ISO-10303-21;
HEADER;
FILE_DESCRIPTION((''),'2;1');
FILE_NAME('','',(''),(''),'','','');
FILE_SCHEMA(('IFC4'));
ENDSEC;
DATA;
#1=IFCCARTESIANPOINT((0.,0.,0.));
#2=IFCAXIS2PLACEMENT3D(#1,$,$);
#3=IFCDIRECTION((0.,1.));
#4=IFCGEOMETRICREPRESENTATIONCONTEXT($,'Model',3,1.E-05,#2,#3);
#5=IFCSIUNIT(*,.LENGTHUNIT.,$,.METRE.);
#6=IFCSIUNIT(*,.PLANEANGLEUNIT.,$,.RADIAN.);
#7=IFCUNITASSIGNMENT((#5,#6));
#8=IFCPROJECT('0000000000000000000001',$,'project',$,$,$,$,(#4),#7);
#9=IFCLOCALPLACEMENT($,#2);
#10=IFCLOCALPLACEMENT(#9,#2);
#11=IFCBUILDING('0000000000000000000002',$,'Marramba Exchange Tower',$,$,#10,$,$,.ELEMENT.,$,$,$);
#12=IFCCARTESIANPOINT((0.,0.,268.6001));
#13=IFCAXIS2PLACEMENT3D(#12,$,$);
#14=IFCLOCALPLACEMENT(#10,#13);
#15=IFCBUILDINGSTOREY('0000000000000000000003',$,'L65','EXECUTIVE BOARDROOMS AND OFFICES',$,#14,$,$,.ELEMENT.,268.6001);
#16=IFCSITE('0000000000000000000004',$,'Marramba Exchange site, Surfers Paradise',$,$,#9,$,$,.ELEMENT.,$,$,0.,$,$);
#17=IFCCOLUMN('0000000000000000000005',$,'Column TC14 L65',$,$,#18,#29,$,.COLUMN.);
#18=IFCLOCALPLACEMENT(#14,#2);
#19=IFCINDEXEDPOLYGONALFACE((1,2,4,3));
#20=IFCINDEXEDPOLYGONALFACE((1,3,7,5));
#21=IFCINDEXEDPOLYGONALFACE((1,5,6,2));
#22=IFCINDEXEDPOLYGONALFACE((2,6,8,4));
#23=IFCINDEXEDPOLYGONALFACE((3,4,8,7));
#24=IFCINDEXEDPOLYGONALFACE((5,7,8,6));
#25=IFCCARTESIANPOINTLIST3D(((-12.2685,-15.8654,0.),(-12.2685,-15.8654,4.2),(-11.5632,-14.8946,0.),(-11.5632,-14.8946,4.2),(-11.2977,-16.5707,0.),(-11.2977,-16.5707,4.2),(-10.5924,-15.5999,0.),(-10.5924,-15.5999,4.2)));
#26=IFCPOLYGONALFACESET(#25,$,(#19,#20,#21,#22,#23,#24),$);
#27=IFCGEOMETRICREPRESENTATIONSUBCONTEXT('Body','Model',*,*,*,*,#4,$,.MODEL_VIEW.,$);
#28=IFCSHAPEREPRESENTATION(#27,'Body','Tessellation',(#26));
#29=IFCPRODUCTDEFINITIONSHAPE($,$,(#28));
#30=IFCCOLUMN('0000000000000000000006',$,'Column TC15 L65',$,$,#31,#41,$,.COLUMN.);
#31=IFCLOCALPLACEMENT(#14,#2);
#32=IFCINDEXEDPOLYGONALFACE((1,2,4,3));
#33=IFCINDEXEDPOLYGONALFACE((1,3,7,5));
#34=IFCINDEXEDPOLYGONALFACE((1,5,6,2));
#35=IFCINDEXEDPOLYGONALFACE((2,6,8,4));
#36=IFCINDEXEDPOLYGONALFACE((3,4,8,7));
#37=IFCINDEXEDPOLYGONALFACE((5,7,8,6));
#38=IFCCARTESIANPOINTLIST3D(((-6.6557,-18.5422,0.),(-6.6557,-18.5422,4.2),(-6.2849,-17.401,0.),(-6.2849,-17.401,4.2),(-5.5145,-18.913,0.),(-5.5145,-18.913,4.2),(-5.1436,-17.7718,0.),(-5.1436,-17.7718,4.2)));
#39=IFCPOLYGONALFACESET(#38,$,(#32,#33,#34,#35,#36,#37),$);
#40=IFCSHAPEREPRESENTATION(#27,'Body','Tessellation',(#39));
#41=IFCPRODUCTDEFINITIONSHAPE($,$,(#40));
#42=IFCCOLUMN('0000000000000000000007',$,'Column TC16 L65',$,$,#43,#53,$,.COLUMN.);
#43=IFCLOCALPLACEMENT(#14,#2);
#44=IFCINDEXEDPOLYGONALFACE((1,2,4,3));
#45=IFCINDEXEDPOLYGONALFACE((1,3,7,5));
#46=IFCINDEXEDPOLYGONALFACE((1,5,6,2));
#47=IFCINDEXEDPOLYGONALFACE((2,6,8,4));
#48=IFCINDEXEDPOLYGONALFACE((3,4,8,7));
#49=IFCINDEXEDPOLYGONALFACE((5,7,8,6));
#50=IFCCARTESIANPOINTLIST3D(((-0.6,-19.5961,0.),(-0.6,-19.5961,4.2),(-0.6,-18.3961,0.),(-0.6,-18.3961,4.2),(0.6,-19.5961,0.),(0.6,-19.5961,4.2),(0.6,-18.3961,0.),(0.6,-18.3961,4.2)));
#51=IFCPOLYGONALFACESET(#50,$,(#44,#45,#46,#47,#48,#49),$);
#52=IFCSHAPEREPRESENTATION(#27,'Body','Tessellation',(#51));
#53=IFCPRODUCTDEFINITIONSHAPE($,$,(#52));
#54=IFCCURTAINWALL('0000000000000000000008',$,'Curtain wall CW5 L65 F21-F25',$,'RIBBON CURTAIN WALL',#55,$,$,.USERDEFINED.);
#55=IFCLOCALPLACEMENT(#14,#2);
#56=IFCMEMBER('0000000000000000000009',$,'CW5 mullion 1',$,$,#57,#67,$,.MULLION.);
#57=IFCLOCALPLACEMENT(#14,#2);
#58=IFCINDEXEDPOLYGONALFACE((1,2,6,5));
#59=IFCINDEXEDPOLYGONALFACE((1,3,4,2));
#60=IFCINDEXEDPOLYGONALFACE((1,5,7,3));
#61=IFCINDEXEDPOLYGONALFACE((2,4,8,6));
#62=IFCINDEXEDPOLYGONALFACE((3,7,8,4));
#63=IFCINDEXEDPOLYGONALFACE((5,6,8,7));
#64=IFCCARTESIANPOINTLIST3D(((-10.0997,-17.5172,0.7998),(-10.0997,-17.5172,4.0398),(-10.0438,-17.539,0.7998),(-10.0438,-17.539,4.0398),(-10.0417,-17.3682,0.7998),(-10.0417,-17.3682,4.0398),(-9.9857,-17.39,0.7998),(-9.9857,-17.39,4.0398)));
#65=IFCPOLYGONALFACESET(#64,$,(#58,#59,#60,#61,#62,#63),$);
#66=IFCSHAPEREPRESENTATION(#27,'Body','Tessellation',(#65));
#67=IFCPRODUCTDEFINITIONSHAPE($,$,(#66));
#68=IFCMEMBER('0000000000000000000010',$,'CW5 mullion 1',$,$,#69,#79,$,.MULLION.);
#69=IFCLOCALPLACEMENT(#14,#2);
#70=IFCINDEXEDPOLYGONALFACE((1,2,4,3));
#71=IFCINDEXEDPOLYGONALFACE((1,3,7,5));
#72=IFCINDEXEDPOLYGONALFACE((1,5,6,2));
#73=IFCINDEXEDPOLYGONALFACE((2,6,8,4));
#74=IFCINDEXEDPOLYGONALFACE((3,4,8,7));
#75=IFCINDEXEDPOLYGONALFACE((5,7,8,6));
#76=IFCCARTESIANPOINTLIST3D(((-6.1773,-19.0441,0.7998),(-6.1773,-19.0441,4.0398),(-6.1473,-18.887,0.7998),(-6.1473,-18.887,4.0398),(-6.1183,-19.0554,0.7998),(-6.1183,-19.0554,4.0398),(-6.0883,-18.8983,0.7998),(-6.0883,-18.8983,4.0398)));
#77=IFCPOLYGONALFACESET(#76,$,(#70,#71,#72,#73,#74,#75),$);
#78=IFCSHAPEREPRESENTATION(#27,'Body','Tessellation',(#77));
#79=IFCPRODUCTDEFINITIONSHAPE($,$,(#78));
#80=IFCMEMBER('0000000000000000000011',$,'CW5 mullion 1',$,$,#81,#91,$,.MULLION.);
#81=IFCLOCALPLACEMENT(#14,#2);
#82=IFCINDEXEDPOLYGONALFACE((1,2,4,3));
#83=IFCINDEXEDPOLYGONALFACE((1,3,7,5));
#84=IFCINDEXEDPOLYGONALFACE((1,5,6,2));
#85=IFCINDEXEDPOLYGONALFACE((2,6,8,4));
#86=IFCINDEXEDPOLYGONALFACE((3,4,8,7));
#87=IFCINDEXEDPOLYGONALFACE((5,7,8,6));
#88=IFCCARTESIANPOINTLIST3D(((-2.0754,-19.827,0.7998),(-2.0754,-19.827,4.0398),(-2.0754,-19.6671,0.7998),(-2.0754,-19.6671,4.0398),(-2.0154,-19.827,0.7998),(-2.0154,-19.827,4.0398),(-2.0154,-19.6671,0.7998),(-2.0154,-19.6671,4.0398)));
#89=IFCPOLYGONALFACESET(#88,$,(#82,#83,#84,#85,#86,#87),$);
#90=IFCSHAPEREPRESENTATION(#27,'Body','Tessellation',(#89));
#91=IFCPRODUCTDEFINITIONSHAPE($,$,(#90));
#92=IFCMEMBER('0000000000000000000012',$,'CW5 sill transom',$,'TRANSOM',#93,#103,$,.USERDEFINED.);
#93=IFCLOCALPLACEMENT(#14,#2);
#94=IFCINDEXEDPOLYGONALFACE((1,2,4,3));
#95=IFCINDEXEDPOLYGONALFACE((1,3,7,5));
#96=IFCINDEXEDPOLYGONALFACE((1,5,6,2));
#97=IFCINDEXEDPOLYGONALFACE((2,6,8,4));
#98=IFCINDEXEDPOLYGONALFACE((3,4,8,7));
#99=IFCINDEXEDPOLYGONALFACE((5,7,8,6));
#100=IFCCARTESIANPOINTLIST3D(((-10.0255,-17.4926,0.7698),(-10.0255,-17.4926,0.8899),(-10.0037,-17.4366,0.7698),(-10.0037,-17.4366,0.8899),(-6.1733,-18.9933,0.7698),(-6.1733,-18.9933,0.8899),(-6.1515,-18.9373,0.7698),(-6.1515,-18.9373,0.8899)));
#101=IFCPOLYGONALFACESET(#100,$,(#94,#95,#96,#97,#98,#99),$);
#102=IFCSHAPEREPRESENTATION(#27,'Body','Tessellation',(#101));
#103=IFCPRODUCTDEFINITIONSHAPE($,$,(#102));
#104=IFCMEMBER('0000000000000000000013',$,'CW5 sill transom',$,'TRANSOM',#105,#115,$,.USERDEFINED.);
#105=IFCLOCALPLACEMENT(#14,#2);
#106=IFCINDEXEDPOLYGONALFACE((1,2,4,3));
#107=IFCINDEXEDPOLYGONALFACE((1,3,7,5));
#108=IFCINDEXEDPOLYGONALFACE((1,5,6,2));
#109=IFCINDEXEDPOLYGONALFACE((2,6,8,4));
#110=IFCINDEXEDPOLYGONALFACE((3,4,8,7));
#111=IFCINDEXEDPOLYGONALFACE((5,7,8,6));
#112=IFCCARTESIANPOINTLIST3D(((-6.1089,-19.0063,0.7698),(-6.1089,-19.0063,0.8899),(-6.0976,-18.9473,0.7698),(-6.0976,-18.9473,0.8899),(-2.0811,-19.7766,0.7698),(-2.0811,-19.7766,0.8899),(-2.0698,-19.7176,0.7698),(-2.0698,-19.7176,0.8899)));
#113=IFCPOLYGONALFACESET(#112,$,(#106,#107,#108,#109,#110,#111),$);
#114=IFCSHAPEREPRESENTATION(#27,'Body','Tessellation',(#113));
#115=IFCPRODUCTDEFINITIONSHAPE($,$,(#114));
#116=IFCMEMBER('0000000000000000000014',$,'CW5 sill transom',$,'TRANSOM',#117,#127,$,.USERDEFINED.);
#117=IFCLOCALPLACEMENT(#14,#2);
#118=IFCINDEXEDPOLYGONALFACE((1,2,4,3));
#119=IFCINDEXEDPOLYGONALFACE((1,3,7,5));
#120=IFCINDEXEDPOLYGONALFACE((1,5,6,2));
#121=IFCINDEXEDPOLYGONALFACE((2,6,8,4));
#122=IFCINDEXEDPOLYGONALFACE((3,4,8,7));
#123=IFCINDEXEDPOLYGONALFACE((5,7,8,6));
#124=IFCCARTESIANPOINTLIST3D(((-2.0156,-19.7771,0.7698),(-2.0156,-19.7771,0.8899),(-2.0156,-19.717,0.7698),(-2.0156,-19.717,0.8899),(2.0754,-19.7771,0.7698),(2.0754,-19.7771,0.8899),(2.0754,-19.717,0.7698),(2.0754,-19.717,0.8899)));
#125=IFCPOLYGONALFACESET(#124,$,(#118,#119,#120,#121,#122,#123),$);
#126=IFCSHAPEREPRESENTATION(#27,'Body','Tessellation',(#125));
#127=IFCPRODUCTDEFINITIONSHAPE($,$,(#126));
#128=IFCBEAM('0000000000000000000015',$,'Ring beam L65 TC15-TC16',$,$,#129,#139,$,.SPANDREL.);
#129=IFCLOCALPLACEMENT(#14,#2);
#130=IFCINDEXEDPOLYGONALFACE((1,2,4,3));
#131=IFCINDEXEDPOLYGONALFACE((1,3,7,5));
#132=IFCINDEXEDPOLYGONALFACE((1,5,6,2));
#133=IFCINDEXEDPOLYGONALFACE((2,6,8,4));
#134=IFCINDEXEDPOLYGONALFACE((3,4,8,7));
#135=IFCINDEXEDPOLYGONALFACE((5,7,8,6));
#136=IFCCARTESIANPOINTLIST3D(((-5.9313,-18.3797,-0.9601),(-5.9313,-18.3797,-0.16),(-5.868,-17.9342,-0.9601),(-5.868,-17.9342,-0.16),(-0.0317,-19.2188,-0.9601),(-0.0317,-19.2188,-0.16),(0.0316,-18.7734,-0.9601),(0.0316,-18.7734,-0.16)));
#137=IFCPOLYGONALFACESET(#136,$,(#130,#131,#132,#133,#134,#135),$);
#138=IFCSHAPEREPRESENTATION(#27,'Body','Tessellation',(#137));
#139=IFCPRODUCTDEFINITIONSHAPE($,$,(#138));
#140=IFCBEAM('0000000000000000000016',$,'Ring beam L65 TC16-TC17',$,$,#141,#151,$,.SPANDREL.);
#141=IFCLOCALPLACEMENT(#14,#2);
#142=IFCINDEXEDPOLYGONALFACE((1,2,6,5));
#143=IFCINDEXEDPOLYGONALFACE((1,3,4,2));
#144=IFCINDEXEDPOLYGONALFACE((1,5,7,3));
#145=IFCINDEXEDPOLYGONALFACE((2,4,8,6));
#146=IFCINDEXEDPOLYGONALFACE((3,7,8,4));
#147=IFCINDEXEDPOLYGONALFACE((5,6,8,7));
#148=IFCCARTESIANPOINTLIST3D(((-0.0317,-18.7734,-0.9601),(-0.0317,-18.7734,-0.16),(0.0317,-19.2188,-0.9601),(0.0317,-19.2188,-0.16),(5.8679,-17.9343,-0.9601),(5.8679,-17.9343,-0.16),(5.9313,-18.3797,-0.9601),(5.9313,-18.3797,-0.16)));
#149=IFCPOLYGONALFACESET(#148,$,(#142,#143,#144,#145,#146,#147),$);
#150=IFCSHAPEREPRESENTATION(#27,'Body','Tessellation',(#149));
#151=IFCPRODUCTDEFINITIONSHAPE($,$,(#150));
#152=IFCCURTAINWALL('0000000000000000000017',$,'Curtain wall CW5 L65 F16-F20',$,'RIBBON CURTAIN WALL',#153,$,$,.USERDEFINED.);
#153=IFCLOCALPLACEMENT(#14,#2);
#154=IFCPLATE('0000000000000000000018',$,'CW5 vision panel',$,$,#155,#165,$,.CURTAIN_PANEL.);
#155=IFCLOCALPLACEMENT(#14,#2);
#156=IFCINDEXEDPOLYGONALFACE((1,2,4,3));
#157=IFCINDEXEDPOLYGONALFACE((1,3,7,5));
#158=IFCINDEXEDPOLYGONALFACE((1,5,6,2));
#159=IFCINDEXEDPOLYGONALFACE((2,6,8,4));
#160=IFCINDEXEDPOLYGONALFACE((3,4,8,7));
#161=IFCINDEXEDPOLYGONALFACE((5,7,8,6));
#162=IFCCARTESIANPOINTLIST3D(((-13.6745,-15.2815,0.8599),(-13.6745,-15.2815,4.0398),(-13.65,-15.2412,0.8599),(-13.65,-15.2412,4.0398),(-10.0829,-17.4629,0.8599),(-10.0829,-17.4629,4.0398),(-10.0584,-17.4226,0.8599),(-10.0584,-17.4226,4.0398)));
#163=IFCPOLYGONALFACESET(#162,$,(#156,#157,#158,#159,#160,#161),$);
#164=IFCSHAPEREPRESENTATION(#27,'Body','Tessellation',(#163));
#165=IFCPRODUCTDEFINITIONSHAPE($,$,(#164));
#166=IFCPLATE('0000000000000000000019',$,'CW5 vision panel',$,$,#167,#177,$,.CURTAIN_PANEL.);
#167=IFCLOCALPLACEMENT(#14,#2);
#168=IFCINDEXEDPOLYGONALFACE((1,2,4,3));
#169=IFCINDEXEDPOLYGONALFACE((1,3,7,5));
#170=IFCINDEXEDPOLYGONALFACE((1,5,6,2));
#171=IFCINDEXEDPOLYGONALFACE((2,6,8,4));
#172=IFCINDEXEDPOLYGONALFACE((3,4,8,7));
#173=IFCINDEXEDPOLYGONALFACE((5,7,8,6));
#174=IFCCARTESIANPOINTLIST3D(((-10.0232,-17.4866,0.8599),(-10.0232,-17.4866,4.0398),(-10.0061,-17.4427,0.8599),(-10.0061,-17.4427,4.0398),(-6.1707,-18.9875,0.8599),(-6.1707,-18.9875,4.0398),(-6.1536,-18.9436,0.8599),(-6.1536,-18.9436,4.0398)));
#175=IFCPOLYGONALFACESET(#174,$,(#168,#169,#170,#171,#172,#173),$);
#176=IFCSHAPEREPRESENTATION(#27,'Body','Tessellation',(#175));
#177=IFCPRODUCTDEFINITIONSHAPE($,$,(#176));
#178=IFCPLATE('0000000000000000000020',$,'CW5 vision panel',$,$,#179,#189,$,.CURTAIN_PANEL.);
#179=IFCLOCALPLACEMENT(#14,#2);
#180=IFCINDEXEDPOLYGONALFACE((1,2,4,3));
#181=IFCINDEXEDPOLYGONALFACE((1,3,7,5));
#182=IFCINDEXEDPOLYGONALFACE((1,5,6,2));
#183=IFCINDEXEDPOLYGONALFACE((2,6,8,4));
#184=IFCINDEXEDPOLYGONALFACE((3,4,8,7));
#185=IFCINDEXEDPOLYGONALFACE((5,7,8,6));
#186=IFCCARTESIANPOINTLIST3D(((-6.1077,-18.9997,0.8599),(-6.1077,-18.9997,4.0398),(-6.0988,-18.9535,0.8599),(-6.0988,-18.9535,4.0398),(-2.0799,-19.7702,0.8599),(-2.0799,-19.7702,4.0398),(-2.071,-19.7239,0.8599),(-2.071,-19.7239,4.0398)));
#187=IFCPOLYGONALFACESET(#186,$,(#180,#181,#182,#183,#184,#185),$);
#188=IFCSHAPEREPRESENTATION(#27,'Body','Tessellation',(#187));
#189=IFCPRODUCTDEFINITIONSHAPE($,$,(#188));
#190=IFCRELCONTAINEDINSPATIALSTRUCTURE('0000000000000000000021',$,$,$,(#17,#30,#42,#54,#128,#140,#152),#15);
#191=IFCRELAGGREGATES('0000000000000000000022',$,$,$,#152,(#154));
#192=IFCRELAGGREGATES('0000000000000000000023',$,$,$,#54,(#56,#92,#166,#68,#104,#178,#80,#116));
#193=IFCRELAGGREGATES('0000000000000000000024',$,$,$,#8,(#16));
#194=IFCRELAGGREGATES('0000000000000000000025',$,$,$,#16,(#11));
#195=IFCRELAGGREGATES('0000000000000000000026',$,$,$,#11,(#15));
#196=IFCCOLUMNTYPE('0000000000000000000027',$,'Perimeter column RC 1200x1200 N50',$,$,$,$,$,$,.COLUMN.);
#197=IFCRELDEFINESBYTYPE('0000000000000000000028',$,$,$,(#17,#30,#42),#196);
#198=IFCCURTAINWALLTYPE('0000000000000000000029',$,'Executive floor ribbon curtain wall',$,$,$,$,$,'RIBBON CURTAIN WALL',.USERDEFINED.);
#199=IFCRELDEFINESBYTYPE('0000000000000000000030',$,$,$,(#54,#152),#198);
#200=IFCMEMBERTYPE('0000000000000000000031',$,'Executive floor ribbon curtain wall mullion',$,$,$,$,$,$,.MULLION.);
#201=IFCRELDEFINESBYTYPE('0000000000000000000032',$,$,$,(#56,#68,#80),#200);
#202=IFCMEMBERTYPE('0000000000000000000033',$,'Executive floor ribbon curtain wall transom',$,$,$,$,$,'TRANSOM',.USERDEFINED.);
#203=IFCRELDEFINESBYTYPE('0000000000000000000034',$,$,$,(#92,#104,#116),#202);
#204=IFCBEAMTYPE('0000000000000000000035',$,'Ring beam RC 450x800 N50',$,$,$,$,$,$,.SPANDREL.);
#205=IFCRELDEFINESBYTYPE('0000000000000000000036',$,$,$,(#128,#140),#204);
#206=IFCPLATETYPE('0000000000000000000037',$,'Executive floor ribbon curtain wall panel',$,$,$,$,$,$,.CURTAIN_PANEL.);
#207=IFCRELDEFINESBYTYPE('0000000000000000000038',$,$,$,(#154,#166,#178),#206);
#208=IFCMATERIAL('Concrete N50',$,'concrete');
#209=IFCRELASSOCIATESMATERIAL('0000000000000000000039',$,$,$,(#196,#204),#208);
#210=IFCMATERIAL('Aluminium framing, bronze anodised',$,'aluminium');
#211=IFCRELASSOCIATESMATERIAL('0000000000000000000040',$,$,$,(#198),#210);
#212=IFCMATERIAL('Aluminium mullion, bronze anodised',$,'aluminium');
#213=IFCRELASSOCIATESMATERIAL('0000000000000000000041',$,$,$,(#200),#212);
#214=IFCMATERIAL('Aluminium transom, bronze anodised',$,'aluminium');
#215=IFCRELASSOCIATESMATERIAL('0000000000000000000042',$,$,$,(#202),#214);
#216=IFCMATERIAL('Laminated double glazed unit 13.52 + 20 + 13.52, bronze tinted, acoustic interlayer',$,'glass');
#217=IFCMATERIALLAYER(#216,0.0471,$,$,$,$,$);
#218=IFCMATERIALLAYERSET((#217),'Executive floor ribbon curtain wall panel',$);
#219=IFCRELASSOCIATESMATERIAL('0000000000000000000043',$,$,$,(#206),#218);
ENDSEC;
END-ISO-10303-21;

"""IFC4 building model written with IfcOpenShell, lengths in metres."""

from ifc_helpers import new_model, si_unit, direction, frame, origin, origin_2d, place, context, subcontext, project, spatial, rectangle, extrude, material, layer, layer_set, material_profile, profile_set, type_object, element, aggregate, save


model = new_model("IFC4")

# Units and contexts
model_context = context("Model", 3, precision=1e-05, world=origin(), true_north=direction((0.0, 1.0)))
body_context = subcontext(model_context, "Body", "Model", "MODEL_VIEW")
ifc_project = project(units=[si_unit("LENGTHUNIT", "METRE"), si_unit("PLANEANGLEUNIT", "RADIAN")], contexts=[model_context])

# Site, building, storey
site_placement = place(None, origin())
site = spatial("IfcSite", under=ifc_project, at=site_placement, Name="Marramba Exchange site, Surfers Paradise", CompositionType="ELEMENT", RefElevation=0.0)
building_placement = place(site_placement, origin())
building = spatial("IfcBuilding", under=site, at=building_placement, Name="Marramba Exchange Tower", CompositionType="ELEMENT")
storey_placement = place(building_placement, frame((0.0, 0.0, 268.6001)))
storey = spatial("IfcBuildingStorey", under=building, at=storey_placement, Name="L65", Description="EXECUTIVE BOARDROOMS AND OFFICES", CompositionType="ELEMENT", Elevation=268.6001)

# Columns
ifc_material_1 = material(Name="Concrete N50", Category="concrete")
ifc_material_profile_1 = material_profile(ifc_material_1, rectangle(XDim=1.2, YDim=1.2, at=origin_2d()), Name="RC 1200x1200")
ifc_profile_set_1 = profile_set([ifc_material_profile_1], Name="Concrete N50")
column_type = type_object("IfcColumnType", Name="Perimeter column RC 1200x1200 N50", PredefinedType="COLUMN", material=ifc_profile_set_1)
for number, where, z_axis, x_axis, name in (
    (1, (-11.4304, -15.7327, 0.0), (0.0, 0.0, 1.0), (-0.587785, -0.809017, 0.0), "Column TC14 L65"),
    (2, (-5.8997, -18.157, 0.0), (0.0, 0.0, 1.0), (-0.309017, -0.951057, 0.0), "Column TC15 L65"),
    (3, (0.0, -18.9961, 0.0), (0.0, 0.0, 1.0), (0.0, -1.0, 0.0), "Column TC16 L65"),
):
    element("IfcColumn", number, at=place(storey_placement, frame(where, z_axis=z_axis, x_axis=x_axis)), inside=storey, type_object=column_type, Name=name, PredefinedType="COLUMN", context=body_context, shape_type="SweptSolid", body=[
        extrude(rectangle(XDim=1.2, YDim=1.2, at=origin_2d()), origin(), (0.0, 0.0, 1.0), 4.2),
    ])

# Curtain wall, members
ifc_material_2 = material(Name="Aluminium framing, bronze anodised", Category="aluminium")
curtain_wall_type = type_object("IfcCurtainWallType", Name="Executive floor ribbon curtain wall", ElementType="RIBBON CURTAIN WALL", PredefinedType="USERDEFINED", material=ifc_material_2)
curtain_wall_1_placement = place(storey_placement, origin())
curtain_wall_1 = element("IfcCurtainWall", 4, at=curtain_wall_1_placement, inside=storey, type_object=curtain_wall_type, Name="Curtain wall CW5 L65 F21-F25", ObjectType="RIBBON CURTAIN WALL", PredefinedType="USERDEFINED")
ifc_material_3 = material(Name="Aluminium mullion, bronze anodised", Category="aluminium")
ifc_material_profile_2 = material_profile(ifc_material_3, rectangle(XDim=0.1599, YDim=0.0601, at=origin_2d()), Name="CW5 mullion 60x160")
ifc_profile_set_2 = profile_set([ifc_material_profile_2], Name="Aluminium mullion, bronze anodised")
member_type_1 = type_object("IfcMemberType", Name="Executive floor ribbon curtain wall mullion", PredefinedType="MULLION", material=ifc_profile_set_2)
member_1_placement = place(storey_placement, frame((-10.0427, -17.4536, 0.7998), z_axis=(0.0, 0.0, 1.0), x_axis=(0.36301, 0.931785, 0.0)))
member_1 = element("IfcMember", 5, at=member_1_placement, type_object=member_type_1, Name="CW5 mullion 1", PredefinedType="MULLION", context=body_context, shape_type="SweptSolid", body=[
    extrude(rectangle(XDim=0.1599, YDim=0.0601, at=origin_2d()), origin(), (0.0, 0.0, 1.0), 3.24),
])
member_2_placement = place(storey_placement, frame((-6.1328, -18.9712, 0.7998), z_axis=(0.0, 0.0, 1.0), x_axis=(0.187873, 0.982193, 0.0)))
member_2 = element("IfcMember", 6, at=member_2_placement, type_object=member_type_1, Name="CW5 mullion 1", PredefinedType="MULLION", context=body_context, shape_type="SweptSolid", body=[
    extrude(rectangle(XDim=0.1599, YDim=0.0601, at=origin_2d()), origin(), (0.0, 0.0, 1.0), 3.24),
])
member_3_placement = place(storey_placement, frame((-2.0454, -19.7471, 0.7998), z_axis=(0.0, 0.0, 1.0), x_axis=(0.0, 1.0, 0.0)))
member_3 = element("IfcMember", 7, at=member_3_placement, type_object=member_type_1, Name="CW5 mullion 1", PredefinedType="MULLION", context=body_context, shape_type="SweptSolid", body=[
    extrude(rectangle(XDim=0.1599, YDim=0.0601, at=origin_2d()), origin(), (0.0, 0.0, 1.0), 3.24),
])
ifc_material_4 = material(Name="Aluminium transom, bronze anodised", Category="aluminium")
ifc_material_profile_3 = material_profile(ifc_material_4, rectangle(XDim=0.0601, YDim=0.1201, at=origin_2d()), Name="CW5 transom 60x120")
ifc_profile_set_3 = profile_set([ifc_material_profile_3], Name="Aluminium transom, bronze anodised")
member_type_2 = type_object("IfcMemberType", Name="Executive floor ribbon curtain wall transom", ElementType="TRANSOM", PredefinedType="USERDEFINED", material=ifc_profile_set_3)
member_4_placement = place(storey_placement, frame((-10.0146, -17.4646, 0.8298), z_axis=(0.931791, -0.362996, 0.0), x_axis=(0.362996, 0.931791, 0.0)))
member_4 = element("IfcMember", 8, at=member_4_placement, type_object=member_type_2, Name="CW5 sill transom", ObjectType="TRANSOM", PredefinedType="USERDEFINED", context=body_context, shape_type="SweptSolid", body=[
    extrude(rectangle(XDim=0.0601, YDim=0.1201, at=origin_2d()), origin(), (0.0, 0.0, 1.0), 4.1343),
])
member_5_placement = place(storey_placement, frame((-6.1033, -18.9768, 0.8298), z_axis=(0.982201, -0.187832, 0.0), x_axis=(0.187832, 0.982201, 0.0)))
member_5 = element("IfcMember", 9, at=member_5_placement, type_object=member_type_2, Name="CW5 sill transom", ObjectType="TRANSOM", PredefinedType="USERDEFINED", context=body_context, shape_type="SweptSolid", body=[
    extrude(rectangle(XDim=0.0601, YDim=0.1201, at=origin_2d()), origin(), (0.0, 0.0, 1.0), 4.1008),
])
member_6_placement = place(storey_placement, frame((-2.0156, -19.7471, 0.8298), z_axis=(1.0, 0.0, 0.0), x_axis=(0.0, 1.0, 0.0)))
member_6 = element("IfcMember", 10, at=member_6_placement, type_object=member_type_2, Name="CW5 sill transom", ObjectType="TRANSOM", PredefinedType="USERDEFINED", context=body_context, shape_type="SweptSolid", body=[
    extrude(rectangle(XDim=0.0601, YDim=0.1201, at=origin_2d()), origin(), (0.0, 0.0, 1.0), 4.0911),
])

# Beams
ifc_material_profile_4 = material_profile(ifc_material_1, rectangle(XDim=0.45, YDim=0.8, at=origin_2d()), Name="RC 450x800")
ifc_profile_set_4 = profile_set([ifc_material_profile_4], Name="Concrete N50")
beam_type = type_object("IfcBeamType", Name="Ring beam RC 450x800 N50", PredefinedType="SPANDREL", material=ifc_profile_set_4)
for number, where, z_axis, x_axis, name in (
    (11, (-5.8997, -18.157, -0.5601), (0.990036, -0.140813, 0.0), (0.140813, 0.990036, 0.0), "Ring beam L65 TC15-TC16"),
    (12, (0.0, -18.9961, -0.5601), (0.990036, 0.140813, 0.0), (-0.140813, 0.990036, 0.0), "Ring beam L65 TC16-TC17"),
):
    element("IfcBeam", number, at=place(storey_placement, frame(where, z_axis=z_axis, x_axis=x_axis)), inside=storey, type_object=beam_type, Name=name, PredefinedType="SPANDREL", context=body_context, shape_type="SweptSolid", body=[
        extrude(rectangle(XDim=0.45, YDim=0.8, at=origin_2d()), origin(), (0.0, 0.0, 1.0), 5.959),
    ])

# Curtain wall, plate
curtain_wall_2_placement = place(storey_placement, origin())
curtain_wall_2 = element("IfcCurtainWall", 13, at=curtain_wall_2_placement, inside=storey, type_object=curtain_wall_type, Name="Curtain wall CW5 L65 F16-F20", ObjectType="RIBBON CURTAIN WALL", PredefinedType="USERDEFINED")
ifc_material_5 = material(Name="Laminated double glazed unit 13.52 + 20 + 13.52, bronze tinted, acoustic interlayer", Category="glass")
ifc_layer_1 = layer(ifc_material_5, 0.0471)
ifc_layer_set_1 = layer_set([ifc_layer_1], Name="Executive floor ribbon curtain wall panel")
plate_type = type_object("IfcPlateType", Name="Executive floor ribbon curtain wall panel", PredefinedType="CURTAIN_PANEL", material=ifc_layer_set_1)
plate_1_placement = place(storey_placement, frame((-11.8665, -16.3521, 0.8599), z_axis=(0.0, 0.0, 1.0), x_axis=(0.854704, -0.519115, 0.0)))
plate_1 = element("IfcPlate", 14, at=plate_1_placement, type_object=plate_type, Name="CW5 vision panel", PredefinedType="CURTAIN_PANEL", context=body_context, shape_type="SweptSolid", body=[
    extrude(rectangle(XDim=4.2021, YDim=0.0471, at=origin_2d()), origin(), (0.0, 0.0, 1.0), 3.1799),
])
aggregate(curtain_wall_2, [plate_1])

# Plates
plate_2_placement = place(storey_placement, frame((-8.0884, -18.2151, 0.8599), z_axis=(0.0, 0.0, 1.0), x_axis=(0.931785, -0.36301, 0.0)))
plate_2 = element("IfcPlate", 15, at=plate_2_placement, type_object=plate_type, Name="CW5 vision panel", PredefinedType="CURTAIN_PANEL", context=body_context, shape_type="SweptSolid", body=[
    extrude(rectangle(XDim=4.1345, YDim=0.0471, at=origin_2d()), origin(), (0.0, 0.0, 1.0), 3.1799),
])
plate_3_placement = place(storey_placement, frame((-4.0894, -19.3618, 0.8599), z_axis=(0.0, 0.0, 1.0), x_axis=(0.982193, -0.187873, 0.0)))
plate_3 = element("IfcPlate", 16, at=plate_3_placement, type_object=plate_type, Name="CW5 vision panel", PredefinedType="CURTAIN_PANEL", context=body_context, shape_type="SweptSolid", body=[
    extrude(rectangle(XDim=4.1008, YDim=0.0471, at=origin_2d()), origin(), (0.0, 0.0, 1.0), 3.1799),
])
aggregate(curtain_wall_1, [member_1, member_4, plate_2, member_2, member_5, plate_3, member_3, member_6])

save(model, "model.ifc")
